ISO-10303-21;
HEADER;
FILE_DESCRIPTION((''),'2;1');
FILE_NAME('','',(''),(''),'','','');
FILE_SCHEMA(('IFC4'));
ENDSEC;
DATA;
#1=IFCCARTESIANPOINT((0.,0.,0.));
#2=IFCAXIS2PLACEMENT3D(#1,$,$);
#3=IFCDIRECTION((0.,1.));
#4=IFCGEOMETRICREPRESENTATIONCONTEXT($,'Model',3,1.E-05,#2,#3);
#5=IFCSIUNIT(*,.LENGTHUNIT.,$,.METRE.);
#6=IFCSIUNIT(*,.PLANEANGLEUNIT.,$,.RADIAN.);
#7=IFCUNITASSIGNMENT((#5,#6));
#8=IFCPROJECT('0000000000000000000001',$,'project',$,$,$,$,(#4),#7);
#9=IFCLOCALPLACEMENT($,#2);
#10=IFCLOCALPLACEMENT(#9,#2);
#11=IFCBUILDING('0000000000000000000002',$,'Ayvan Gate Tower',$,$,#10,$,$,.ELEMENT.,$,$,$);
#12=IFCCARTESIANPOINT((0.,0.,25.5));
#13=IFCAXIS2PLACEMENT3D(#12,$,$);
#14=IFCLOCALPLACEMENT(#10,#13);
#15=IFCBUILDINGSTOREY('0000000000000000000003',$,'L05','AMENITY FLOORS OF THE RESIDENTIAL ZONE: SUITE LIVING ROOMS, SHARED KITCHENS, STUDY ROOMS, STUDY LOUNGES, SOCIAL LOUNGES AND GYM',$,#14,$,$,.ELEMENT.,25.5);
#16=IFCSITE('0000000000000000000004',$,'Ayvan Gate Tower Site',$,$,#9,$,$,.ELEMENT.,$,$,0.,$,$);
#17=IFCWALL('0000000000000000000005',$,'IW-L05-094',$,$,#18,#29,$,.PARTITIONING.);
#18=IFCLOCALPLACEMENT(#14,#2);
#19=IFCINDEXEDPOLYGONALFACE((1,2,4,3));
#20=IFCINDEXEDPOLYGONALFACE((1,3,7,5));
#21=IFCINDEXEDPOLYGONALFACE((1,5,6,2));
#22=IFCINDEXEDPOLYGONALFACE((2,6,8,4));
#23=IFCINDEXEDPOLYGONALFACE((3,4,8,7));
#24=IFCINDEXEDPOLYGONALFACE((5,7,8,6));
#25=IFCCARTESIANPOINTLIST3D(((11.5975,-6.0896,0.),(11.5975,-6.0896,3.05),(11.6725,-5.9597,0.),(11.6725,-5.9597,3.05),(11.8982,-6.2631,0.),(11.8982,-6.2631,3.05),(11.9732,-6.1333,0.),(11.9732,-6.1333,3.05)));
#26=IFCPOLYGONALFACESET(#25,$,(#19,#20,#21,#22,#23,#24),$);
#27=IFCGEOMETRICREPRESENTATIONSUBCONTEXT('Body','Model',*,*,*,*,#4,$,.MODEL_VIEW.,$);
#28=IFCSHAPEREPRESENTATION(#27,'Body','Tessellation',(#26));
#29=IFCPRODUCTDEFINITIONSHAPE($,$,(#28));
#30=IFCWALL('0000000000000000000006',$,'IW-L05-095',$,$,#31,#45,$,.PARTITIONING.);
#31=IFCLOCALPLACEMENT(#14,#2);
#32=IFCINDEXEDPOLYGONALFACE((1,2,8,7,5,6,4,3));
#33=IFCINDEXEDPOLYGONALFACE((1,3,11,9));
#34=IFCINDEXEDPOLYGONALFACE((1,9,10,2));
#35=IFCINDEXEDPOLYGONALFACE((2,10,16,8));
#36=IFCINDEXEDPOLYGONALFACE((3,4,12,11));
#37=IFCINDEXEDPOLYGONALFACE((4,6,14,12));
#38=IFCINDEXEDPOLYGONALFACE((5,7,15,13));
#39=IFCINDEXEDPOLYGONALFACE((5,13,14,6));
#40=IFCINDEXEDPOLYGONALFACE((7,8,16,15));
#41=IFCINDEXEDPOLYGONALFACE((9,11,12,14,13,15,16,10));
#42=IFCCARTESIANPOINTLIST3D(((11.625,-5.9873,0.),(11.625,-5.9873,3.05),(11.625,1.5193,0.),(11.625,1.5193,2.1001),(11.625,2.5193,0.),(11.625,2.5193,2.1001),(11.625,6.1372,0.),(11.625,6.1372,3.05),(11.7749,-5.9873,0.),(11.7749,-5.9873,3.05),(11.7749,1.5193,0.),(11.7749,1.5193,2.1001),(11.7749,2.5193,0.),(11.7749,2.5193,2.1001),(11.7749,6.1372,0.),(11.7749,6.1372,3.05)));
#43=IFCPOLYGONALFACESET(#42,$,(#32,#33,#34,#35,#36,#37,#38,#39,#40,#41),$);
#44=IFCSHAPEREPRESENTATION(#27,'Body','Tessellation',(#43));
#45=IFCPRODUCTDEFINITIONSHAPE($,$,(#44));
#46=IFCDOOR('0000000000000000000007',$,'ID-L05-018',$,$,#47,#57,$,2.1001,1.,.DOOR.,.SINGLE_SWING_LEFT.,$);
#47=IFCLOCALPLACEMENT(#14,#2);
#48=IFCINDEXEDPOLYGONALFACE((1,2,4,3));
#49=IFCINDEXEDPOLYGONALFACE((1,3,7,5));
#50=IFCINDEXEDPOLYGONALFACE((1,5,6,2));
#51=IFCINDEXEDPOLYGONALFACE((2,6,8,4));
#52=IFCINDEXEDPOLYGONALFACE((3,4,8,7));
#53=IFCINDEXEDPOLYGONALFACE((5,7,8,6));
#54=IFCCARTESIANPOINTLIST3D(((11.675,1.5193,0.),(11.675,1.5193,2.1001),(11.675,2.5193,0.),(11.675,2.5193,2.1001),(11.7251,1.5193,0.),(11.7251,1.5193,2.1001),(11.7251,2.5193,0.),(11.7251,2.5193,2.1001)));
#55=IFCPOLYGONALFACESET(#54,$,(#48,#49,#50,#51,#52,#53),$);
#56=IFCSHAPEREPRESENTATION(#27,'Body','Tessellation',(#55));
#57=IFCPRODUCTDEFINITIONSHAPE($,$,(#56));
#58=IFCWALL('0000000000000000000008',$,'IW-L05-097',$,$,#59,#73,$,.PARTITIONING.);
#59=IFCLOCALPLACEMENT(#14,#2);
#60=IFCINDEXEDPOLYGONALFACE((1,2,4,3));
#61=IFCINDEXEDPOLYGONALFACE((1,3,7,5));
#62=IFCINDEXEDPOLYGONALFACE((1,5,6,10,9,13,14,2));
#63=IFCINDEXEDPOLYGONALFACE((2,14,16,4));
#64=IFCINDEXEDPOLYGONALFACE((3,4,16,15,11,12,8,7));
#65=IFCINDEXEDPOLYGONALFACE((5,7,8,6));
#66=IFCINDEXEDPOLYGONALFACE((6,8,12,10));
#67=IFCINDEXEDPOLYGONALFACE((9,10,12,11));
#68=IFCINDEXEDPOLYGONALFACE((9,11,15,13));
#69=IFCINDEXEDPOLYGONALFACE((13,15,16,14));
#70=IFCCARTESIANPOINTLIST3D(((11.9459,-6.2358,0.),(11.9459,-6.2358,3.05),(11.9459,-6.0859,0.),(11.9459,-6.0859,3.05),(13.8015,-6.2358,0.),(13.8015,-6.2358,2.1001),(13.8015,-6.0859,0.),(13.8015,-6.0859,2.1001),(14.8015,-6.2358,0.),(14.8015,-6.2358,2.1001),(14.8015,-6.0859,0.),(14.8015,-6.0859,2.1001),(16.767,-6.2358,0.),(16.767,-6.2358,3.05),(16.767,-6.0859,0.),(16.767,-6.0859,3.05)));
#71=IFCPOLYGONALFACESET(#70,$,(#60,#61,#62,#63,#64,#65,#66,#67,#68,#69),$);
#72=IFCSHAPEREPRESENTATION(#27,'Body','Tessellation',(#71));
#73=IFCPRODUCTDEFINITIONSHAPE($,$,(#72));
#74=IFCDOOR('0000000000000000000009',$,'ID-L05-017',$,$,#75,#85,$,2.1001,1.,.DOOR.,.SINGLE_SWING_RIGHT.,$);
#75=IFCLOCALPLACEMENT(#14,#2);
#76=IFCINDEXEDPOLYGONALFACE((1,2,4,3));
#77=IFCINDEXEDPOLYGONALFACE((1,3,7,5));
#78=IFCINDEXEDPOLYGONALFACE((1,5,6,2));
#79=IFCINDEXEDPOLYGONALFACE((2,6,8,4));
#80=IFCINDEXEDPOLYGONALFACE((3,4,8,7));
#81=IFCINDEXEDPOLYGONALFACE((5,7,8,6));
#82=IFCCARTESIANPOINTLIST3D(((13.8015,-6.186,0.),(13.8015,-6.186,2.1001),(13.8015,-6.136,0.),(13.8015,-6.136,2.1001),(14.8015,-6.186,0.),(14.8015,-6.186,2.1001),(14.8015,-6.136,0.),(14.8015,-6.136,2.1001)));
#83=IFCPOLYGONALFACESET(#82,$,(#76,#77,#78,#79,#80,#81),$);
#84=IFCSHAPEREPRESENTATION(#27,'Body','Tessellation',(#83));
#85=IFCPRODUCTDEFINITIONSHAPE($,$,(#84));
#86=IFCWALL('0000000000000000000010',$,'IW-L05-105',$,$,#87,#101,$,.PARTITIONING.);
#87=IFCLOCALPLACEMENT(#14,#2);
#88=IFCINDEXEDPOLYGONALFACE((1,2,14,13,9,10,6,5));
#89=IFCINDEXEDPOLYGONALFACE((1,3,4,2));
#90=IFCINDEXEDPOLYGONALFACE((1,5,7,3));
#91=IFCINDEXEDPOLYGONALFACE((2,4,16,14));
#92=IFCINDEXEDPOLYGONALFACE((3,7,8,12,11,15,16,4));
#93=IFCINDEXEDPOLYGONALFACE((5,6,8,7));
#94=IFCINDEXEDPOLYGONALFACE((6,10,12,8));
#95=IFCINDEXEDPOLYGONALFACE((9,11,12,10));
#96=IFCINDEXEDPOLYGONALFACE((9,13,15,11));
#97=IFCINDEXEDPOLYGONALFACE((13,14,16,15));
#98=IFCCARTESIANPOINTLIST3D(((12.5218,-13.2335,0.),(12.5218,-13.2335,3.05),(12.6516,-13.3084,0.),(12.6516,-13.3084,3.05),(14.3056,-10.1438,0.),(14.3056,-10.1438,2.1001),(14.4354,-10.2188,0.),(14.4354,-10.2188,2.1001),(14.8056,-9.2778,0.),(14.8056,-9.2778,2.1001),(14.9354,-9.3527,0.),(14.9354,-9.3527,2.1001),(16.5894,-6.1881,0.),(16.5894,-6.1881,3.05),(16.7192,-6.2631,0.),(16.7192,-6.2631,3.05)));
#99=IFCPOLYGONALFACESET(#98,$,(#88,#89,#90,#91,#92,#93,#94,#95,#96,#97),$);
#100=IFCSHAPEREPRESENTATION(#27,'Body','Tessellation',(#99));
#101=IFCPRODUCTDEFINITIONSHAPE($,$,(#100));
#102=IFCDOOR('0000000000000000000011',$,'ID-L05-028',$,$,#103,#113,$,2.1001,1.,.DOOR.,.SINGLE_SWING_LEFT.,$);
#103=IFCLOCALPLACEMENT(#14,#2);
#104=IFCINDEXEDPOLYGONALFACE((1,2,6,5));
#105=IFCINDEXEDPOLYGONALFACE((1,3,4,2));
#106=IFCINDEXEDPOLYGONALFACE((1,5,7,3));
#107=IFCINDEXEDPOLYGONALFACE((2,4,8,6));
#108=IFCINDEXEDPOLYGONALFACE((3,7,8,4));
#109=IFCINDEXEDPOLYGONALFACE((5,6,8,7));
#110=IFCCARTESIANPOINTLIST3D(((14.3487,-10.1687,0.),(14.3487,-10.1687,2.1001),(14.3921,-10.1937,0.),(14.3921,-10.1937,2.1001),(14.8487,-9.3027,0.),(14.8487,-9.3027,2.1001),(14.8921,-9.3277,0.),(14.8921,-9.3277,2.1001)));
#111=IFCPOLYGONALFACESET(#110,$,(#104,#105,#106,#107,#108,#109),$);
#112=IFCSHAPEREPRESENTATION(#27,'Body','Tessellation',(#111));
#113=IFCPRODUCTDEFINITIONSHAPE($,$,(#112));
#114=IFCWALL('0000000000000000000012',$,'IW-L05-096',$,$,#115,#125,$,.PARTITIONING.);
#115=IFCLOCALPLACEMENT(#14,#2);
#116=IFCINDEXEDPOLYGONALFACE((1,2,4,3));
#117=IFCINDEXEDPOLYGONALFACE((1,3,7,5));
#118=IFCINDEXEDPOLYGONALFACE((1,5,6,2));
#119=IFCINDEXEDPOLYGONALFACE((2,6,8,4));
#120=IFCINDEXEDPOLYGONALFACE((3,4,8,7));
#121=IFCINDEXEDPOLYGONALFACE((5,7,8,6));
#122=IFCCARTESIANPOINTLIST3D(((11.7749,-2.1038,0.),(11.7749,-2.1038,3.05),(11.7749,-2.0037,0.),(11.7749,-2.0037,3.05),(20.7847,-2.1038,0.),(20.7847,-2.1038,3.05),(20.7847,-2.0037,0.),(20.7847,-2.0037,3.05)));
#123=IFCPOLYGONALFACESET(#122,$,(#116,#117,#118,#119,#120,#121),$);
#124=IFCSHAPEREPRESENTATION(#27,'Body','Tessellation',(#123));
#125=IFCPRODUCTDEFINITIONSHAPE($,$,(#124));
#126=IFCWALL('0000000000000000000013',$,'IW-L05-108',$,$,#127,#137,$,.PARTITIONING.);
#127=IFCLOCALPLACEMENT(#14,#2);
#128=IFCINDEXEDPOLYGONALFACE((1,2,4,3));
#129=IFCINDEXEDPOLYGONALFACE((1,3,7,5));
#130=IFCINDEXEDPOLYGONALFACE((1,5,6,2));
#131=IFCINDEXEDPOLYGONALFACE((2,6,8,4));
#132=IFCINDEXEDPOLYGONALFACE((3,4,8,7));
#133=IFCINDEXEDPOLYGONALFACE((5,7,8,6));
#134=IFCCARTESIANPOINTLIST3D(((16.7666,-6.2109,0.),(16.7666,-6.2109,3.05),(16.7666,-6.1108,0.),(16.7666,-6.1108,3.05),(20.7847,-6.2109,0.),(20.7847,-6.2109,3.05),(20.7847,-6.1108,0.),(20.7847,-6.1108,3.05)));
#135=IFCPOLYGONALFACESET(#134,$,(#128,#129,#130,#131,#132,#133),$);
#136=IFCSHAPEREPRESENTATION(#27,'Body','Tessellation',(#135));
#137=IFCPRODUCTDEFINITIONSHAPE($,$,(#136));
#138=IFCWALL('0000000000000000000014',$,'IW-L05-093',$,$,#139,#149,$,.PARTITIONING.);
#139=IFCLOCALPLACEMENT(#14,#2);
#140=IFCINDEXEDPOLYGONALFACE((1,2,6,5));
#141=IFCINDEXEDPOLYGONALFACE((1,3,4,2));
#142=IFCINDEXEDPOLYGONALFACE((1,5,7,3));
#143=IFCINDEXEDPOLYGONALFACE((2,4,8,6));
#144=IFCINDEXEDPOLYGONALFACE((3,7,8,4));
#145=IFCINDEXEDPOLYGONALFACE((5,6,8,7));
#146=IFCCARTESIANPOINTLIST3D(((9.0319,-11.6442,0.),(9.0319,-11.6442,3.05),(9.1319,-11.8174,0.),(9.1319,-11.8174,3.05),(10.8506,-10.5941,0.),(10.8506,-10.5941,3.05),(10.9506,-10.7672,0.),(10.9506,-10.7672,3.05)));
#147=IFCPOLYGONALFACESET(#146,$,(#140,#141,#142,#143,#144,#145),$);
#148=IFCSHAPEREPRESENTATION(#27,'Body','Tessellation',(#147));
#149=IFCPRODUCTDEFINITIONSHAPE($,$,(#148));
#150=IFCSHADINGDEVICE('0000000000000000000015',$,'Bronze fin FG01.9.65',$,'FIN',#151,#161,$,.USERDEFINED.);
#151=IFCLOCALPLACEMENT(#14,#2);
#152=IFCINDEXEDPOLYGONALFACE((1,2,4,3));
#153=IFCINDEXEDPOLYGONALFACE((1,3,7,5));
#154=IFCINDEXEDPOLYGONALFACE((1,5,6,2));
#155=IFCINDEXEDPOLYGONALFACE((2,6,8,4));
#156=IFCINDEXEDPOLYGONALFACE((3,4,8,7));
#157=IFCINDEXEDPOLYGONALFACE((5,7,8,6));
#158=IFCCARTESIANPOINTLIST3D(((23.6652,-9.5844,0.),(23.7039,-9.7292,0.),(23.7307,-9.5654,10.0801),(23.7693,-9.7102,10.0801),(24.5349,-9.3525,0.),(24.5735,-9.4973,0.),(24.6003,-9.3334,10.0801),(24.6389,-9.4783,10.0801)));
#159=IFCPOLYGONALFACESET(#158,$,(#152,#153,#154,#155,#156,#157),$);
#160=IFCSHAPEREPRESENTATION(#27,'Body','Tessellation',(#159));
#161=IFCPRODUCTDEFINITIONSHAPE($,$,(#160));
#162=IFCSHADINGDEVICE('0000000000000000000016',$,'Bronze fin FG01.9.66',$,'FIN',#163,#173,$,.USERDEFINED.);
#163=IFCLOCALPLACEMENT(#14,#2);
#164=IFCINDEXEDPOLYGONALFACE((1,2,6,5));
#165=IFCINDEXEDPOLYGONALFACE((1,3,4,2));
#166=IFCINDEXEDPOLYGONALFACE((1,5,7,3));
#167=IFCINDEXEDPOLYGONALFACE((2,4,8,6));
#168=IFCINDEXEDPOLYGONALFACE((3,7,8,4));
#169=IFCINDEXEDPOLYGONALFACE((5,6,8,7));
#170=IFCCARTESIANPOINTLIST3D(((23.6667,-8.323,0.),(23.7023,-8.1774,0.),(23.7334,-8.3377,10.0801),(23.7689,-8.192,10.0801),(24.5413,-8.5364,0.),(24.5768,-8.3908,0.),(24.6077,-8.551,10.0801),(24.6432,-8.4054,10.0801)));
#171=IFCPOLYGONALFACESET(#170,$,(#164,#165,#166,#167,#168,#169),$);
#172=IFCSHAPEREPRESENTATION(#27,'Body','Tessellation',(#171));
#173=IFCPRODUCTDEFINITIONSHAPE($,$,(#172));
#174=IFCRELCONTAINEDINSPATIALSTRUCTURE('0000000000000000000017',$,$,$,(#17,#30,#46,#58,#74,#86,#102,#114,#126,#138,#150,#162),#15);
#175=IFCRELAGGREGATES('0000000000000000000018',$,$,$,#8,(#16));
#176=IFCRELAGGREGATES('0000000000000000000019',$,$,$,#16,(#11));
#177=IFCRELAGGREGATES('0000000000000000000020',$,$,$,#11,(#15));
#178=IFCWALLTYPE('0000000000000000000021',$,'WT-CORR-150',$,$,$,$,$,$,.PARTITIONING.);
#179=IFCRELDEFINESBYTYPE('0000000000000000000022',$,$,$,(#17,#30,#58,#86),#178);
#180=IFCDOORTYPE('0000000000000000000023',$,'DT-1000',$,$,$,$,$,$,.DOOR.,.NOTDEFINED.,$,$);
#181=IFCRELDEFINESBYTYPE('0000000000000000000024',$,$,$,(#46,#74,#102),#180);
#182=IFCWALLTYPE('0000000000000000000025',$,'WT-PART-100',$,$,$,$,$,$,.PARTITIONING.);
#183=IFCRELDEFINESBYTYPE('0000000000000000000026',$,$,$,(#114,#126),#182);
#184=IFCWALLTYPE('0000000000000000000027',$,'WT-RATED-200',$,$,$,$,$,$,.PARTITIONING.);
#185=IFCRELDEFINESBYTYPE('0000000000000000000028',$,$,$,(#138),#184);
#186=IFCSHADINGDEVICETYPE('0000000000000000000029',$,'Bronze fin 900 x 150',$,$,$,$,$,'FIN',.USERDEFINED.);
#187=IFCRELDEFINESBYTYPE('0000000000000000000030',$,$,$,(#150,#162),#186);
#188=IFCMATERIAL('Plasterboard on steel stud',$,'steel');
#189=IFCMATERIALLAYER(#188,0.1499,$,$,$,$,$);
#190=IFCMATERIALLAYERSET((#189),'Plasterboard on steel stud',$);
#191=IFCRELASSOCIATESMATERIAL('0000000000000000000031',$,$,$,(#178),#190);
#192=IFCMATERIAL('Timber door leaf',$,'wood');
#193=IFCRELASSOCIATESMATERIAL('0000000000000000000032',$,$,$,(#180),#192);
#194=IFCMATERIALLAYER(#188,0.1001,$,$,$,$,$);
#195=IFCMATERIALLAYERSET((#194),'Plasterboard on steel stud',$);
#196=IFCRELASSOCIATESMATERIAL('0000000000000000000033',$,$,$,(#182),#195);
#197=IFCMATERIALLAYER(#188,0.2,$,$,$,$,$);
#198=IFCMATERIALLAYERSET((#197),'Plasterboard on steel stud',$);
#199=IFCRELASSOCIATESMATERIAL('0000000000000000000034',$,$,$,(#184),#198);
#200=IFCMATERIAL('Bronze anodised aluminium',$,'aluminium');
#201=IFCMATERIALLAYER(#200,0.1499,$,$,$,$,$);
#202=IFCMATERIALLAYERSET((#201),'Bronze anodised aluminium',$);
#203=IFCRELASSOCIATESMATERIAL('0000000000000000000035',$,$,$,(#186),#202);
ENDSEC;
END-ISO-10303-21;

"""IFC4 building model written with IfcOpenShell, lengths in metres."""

from ifc_helpers import new_model, si_unit, direction, frame, frame_2d, origin, place, context, subcontext, project, spatial, polyline, rectangle, outline, extrude, material, layer, layer_set, type_object, element, fill, save


model = new_model("IFC4")

# Units and contexts
model_context = context("Model", 3, precision=1e-05, world=origin(), true_north=direction((0.0, 1.0)))
body_context = subcontext(model_context, "Body", "Model", "MODEL_VIEW")
ifc_project = project(units=[si_unit("LENGTHUNIT", "METRE"), si_unit("PLANEANGLEUNIT", "RADIAN")], contexts=[model_context])

# Site, building, storey
site_placement = place(None, origin())
site = spatial("IfcSite", under=ifc_project, at=site_placement, Name="Ayvan Gate Tower Site", CompositionType="ELEMENT", RefElevation=0.0)
building_placement = place(site_placement, origin())
building = spatial("IfcBuilding", under=site, at=building_placement, Name="Ayvan Gate Tower", CompositionType="ELEMENT")
storey_placement = place(building_placement, frame((0.0, 0.0, 25.5)))
storey = spatial("IfcBuildingStorey", under=building, at=storey_placement, Name="L05", Description="AMENITY FLOORS OF THE RESIDENTIAL ZONE: SUITE LIVING ROOMS, SHARED KITCHENS, STUDY ROOMS, STUDY LOUNGES, SOCIAL LOUNGES AND GYM", CompositionType="ELEMENT", Elevation=25.5)

# Shared definitions
ifc_material_1 = material(Name="Bronze anodised aluminium", Category="aluminium")

# Wall
ifc_material_2 = material(Name="Plasterboard on steel stud", Category="steel")
ifc_layer_1 = layer(ifc_material_2, 0.1499)
ifc_layer_set_1 = layer_set([ifc_layer_1], Name="Plasterboard on steel stud")
wall_type_1 = type_object("IfcWallType", Name="WT-CORR-150", PredefinedType="PARTITIONING", material=ifc_layer_set_1)
wall_1_placement = place(storey_placement, frame((11.635, -6.0247, 0.0), z_axis=(0.0, 0.0, 1.0), x_axis=(0.866115, -0.499844, 0.0)))
element("IfcWall", 1, at=wall_1_placement, inside=storey, type_object=wall_type_1, Name="IW-L05-094", PredefinedType="PARTITIONING", context=body_context, shape_type="SweptSolid", body=[
    extrude(rectangle(XDim=0.3472, YDim=0.1499, at=frame_2d((0.1736, 0.0))), origin(), (0.0, 0.0, 1.0), 3.05),
])

# Walls, openings, doors
wall_2_placement = place(storey_placement, frame((11.7, -5.9873, 0.0), z_axis=(0.0, 0.0, 1.0), x_axis=(0.0, 1.0, 0.0)))
wall_2 = element("IfcWall", 2, at=wall_2_placement, inside=storey, type_object=wall_type_1, Name="IW-L05-095", PredefinedType="PARTITIONING", context=body_context, shape_type="SweptSolid", body=[
    extrude(rectangle(XDim=12.1245, YDim=0.1499, at=frame_2d((6.0623, 0.0))), origin(), (0.0, 0.0, 1.0), 3.05),
])
opening_1_placement = place(wall_2_placement, frame((7.5066, 0.0, 0.0)))
opening_1 = element("IfcOpeningElement", 3, at=opening_1_placement, cuts=wall_2, PredefinedType="OPENING", context=body_context, shape_type="SweptSolid", body=[
    extrude(rectangle(XDim=1.0, YDim=2.1001, at=frame_2d((0.5, 1.05))), frame((0.0, 0.085, 0.0), z_axis=(0.0, -1.0, 0.0), x_axis=(1.0, 0.0, 0.0)), (0.0, 0.0, 1.0), 0.1699),
])
ifc_material_3 = material(Name="Timber door leaf", Category="wood")
door_type = type_object("IfcDoorType", Name="DT-1000", OperationType="NOTDEFINED", PredefinedType="DOOR", material=ifc_material_3)
door_1_placement = place(opening_1_placement, origin())
door_1 = element("IfcDoor", 4, at=door_1_placement, inside=storey, type_object=door_type, Name="ID-L05-018", OperationType="SINGLE_SWING_LEFT", OverallHeight=2.1001, OverallWidth=1.0, PredefinedType="DOOR", context=body_context, shape_type="SweptSolid", body=[
    extrude(rectangle(XDim=1.0, YDim=2.1001, at=frame_2d((0.5, 1.05))), frame((0.0, 0.0249, 0.0), z_axis=(0.0, -1.0, 0.0), x_axis=(1.0, 0.0, 0.0)), (0.0, 0.0, 1.0), 0.05),
])
fill(opening_1, door_1)
wall_3_placement = place(storey_placement, frame((11.9458, -6.1609, 0.0), z_axis=(0.0, 0.0, 1.0), x_axis=(1.0, 0.0, 0.0)))
wall_3 = element("IfcWall", 5, at=wall_3_placement, inside=storey, type_object=wall_type_1, Name="IW-L05-097", PredefinedType="PARTITIONING", context=body_context, shape_type="SweptSolid", body=[
    extrude(rectangle(XDim=4.821, YDim=0.1499, at=frame_2d((2.4106, 0.0))), origin(), (0.0, 0.0, 1.0), 3.05),
])
opening_2_placement = place(wall_3_placement, frame((1.8557, 0.0, 0.0)))
opening_2 = element("IfcOpeningElement", 6, at=opening_2_placement, cuts=wall_3, PredefinedType="OPENING", context=body_context, shape_type="SweptSolid", body=[
    extrude(rectangle(XDim=1.0, YDim=2.1001, at=frame_2d((0.5, 1.05))), frame((0.0, 0.085, 0.0), z_axis=(0.0, -1.0, 0.0), x_axis=(1.0, 0.0, 0.0)), (0.0, 0.0, 1.0), 0.1699),
])
door_2_placement = place(opening_2_placement, origin())
door_2 = element("IfcDoor", 7, at=door_2_placement, inside=storey, type_object=door_type, Name="ID-L05-017", OperationType="SINGLE_SWING_RIGHT", OverallHeight=2.1001, OverallWidth=1.0, PredefinedType="DOOR", context=body_context, shape_type="SweptSolid", body=[
    extrude(rectangle(XDim=1.0, YDim=2.1001, at=frame_2d((0.5, 1.05))), frame((0.0, 0.0249, 0.0), z_axis=(0.0, -1.0, 0.0), x_axis=(1.0, 0.0, 0.0)), (0.0, 0.0, 1.0), 0.05),
])
fill(opening_2, door_2)
wall_4_placement = place(storey_placement, frame((16.6543, -6.2256, 0.0), z_axis=(0.0, 0.0, 1.0), x_axis=(-0.499996, -0.866028, 0.0)))
wall_4 = element("IfcWall", 8, at=wall_4_placement, inside=storey, type_object=wall_type_1, Name="IW-L05-105", PredefinedType="PARTITIONING", context=body_context, shape_type="SweptSolid", body=[
    extrude(rectangle(XDim=8.1353, YDim=0.1499, at=frame_2d((4.0676, 0.0))), origin(), (0.0, 0.0, 1.0), 3.05),
])
opening_3_placement = place(wall_4_placement, frame((3.5676, 0.0, 0.0)))
opening_3 = element("IfcOpeningElement", 9, at=opening_3_placement, cuts=wall_4, PredefinedType="OPENING", context=body_context, shape_type="SweptSolid", body=[
    extrude(rectangle(XDim=1.0, YDim=2.1001, at=frame_2d((0.5, 1.05))), frame((0.0, 0.085, 0.0), z_axis=(0.0, -1.0, 0.0), x_axis=(1.0, 0.0, 0.0)), (0.0, 0.0, 1.0), 0.1699),
])
door_3_placement = place(opening_3_placement, origin())
door_3 = element("IfcDoor", 10, at=door_3_placement, inside=storey, type_object=door_type, Name="ID-L05-028", OperationType="SINGLE_SWING_LEFT", OverallHeight=2.1001, OverallWidth=1.0, PredefinedType="DOOR", context=body_context, shape_type="SweptSolid", body=[
    extrude(rectangle(XDim=1.0, YDim=2.1001, at=frame_2d((0.5, 1.05))), frame((0.0, 0.0249, 0.0), z_axis=(0.0, -1.0, 0.0), x_axis=(1.0, 0.0, 0.0)), (0.0, 0.0, 1.0), 0.05),
])
fill(opening_3, door_3)

# Walls
ifc_layer_2 = layer(ifc_material_2, 0.1001)
ifc_layer_set_2 = layer_set([ifc_layer_2], Name="Plasterboard on steel stud")
wall_type_2 = type_object("IfcWallType", Name="WT-PART-100", PredefinedType="PARTITIONING", material=ifc_layer_set_2)
wall_5_placement = place(storey_placement, frame((11.7749, -2.0537, 0.0), z_axis=(0.0, 0.0, 1.0), x_axis=(1.0, 0.0, 0.0)))
element("IfcWall", 11, at=wall_5_placement, inside=storey, type_object=wall_type_2, Name="IW-L05-096", PredefinedType="PARTITIONING", context=body_context, shape_type="SweptSolid", body=[
    extrude(rectangle(XDim=9.0098, YDim=0.1001, at=frame_2d((4.5049, 0.0))), origin(), (0.0, 0.0, 1.0), 3.05),
])
wall_6_placement = place(storey_placement, frame((20.7847, -6.1609, 0.0), z_axis=(0.0, 0.0, 1.0), x_axis=(-1.0, 0.0, 0.0)))
element("IfcWall", 12, at=wall_6_placement, inside=storey, type_object=wall_type_2, Name="IW-L05-108", PredefinedType="PARTITIONING", context=body_context, shape_type="SweptSolid", body=[
    extrude(rectangle(XDim=4.0181, YDim=0.1001, at=frame_2d((2.009, 0.0))), origin(), (0.0, 0.0, 1.0), 3.05),
])
ifc_layer_3 = layer(ifc_material_2, 0.2)
ifc_layer_set_3 = layer_set([ifc_layer_3], Name="Plasterboard on steel stud")
wall_type_3 = type_object("IfcWallType", Name="WT-RATED-200", PredefinedType="PARTITIONING", material=ifc_layer_set_3)
wall_7_placement = place(storey_placement, frame((10.9006, -10.6807, 0.0), z_axis=(0.0, 0.0, 1.0), x_axis=(-0.866009, -0.500028, 0.0)))
element("IfcWall", 13, at=wall_7_placement, inside=storey, type_object=wall_type_3, Name="IW-L05-093", PredefinedType="PARTITIONING", context=body_context, shape_type="SweptSolid", body=[
    extrude(rectangle(XDim=2.1001, YDim=0.2, at=frame_2d((1.05, 0.0))), origin(), (0.0, 0.0, 1.0), 3.05),
])

# Shading devices
ifc_layer_4 = layer(ifc_material_1, 0.1499)
ifc_layer_set_4 = layer_set([ifc_layer_4], Name="Bronze anodised aluminium")
shading_device_type = type_object("IfcShadingDeviceType", Name="Bronze fin 900 x 150", ElementType="FIN", PredefinedType="USERDEFINED", material=ifc_layer_set_4)
shading_device_1_placement = place(storey_placement, frame((23.7039, -9.7292, 0.0), z_axis=(0.257696, -0.966226, 0.000153), x_axis=(0.966226, 0.257696, 0.0)))
element("IfcShadingDevice", 14, at=shading_device_1_placement, inside=storey, type_object=shading_device_type, Name="Bronze fin FG01.9.65", ObjectType="FIN", PredefinedType="USERDEFINED", context=body_context, shape_type="SweptSolid", body=[
    extrude(outline(polyline([(0.0, 0.0), (0.9, 0.0), (0.9682, 10.0801), (0.0681, 10.0801), (0.0, 0.0)])), origin(), (0.0, 0.0, -1.0), 0.1499),
])
shading_device_2_placement = place(storey_placement, frame((23.6667, -8.323, 0.0), z_axis=(-0.237075, -0.971491, 0.000153), x_axis=(0.971491, -0.237075, 0.0)))
element("IfcShadingDevice", 15, at=shading_device_2_placement, inside=storey, type_object=shading_device_type, Name="Bronze fin FG01.9.66", ObjectType="FIN", PredefinedType="USERDEFINED", context=body_context, shape_type="SweptSolid", body=[
    extrude(outline(polyline([(0.0, 0.0), (0.9002, 0.0), (0.9682, 10.0801), (0.0682, 10.0801), (0.0, 0.0)])), origin(), (0.0, 0.0, -1.0), 0.1499),
])

save(model, "model.ifc")
